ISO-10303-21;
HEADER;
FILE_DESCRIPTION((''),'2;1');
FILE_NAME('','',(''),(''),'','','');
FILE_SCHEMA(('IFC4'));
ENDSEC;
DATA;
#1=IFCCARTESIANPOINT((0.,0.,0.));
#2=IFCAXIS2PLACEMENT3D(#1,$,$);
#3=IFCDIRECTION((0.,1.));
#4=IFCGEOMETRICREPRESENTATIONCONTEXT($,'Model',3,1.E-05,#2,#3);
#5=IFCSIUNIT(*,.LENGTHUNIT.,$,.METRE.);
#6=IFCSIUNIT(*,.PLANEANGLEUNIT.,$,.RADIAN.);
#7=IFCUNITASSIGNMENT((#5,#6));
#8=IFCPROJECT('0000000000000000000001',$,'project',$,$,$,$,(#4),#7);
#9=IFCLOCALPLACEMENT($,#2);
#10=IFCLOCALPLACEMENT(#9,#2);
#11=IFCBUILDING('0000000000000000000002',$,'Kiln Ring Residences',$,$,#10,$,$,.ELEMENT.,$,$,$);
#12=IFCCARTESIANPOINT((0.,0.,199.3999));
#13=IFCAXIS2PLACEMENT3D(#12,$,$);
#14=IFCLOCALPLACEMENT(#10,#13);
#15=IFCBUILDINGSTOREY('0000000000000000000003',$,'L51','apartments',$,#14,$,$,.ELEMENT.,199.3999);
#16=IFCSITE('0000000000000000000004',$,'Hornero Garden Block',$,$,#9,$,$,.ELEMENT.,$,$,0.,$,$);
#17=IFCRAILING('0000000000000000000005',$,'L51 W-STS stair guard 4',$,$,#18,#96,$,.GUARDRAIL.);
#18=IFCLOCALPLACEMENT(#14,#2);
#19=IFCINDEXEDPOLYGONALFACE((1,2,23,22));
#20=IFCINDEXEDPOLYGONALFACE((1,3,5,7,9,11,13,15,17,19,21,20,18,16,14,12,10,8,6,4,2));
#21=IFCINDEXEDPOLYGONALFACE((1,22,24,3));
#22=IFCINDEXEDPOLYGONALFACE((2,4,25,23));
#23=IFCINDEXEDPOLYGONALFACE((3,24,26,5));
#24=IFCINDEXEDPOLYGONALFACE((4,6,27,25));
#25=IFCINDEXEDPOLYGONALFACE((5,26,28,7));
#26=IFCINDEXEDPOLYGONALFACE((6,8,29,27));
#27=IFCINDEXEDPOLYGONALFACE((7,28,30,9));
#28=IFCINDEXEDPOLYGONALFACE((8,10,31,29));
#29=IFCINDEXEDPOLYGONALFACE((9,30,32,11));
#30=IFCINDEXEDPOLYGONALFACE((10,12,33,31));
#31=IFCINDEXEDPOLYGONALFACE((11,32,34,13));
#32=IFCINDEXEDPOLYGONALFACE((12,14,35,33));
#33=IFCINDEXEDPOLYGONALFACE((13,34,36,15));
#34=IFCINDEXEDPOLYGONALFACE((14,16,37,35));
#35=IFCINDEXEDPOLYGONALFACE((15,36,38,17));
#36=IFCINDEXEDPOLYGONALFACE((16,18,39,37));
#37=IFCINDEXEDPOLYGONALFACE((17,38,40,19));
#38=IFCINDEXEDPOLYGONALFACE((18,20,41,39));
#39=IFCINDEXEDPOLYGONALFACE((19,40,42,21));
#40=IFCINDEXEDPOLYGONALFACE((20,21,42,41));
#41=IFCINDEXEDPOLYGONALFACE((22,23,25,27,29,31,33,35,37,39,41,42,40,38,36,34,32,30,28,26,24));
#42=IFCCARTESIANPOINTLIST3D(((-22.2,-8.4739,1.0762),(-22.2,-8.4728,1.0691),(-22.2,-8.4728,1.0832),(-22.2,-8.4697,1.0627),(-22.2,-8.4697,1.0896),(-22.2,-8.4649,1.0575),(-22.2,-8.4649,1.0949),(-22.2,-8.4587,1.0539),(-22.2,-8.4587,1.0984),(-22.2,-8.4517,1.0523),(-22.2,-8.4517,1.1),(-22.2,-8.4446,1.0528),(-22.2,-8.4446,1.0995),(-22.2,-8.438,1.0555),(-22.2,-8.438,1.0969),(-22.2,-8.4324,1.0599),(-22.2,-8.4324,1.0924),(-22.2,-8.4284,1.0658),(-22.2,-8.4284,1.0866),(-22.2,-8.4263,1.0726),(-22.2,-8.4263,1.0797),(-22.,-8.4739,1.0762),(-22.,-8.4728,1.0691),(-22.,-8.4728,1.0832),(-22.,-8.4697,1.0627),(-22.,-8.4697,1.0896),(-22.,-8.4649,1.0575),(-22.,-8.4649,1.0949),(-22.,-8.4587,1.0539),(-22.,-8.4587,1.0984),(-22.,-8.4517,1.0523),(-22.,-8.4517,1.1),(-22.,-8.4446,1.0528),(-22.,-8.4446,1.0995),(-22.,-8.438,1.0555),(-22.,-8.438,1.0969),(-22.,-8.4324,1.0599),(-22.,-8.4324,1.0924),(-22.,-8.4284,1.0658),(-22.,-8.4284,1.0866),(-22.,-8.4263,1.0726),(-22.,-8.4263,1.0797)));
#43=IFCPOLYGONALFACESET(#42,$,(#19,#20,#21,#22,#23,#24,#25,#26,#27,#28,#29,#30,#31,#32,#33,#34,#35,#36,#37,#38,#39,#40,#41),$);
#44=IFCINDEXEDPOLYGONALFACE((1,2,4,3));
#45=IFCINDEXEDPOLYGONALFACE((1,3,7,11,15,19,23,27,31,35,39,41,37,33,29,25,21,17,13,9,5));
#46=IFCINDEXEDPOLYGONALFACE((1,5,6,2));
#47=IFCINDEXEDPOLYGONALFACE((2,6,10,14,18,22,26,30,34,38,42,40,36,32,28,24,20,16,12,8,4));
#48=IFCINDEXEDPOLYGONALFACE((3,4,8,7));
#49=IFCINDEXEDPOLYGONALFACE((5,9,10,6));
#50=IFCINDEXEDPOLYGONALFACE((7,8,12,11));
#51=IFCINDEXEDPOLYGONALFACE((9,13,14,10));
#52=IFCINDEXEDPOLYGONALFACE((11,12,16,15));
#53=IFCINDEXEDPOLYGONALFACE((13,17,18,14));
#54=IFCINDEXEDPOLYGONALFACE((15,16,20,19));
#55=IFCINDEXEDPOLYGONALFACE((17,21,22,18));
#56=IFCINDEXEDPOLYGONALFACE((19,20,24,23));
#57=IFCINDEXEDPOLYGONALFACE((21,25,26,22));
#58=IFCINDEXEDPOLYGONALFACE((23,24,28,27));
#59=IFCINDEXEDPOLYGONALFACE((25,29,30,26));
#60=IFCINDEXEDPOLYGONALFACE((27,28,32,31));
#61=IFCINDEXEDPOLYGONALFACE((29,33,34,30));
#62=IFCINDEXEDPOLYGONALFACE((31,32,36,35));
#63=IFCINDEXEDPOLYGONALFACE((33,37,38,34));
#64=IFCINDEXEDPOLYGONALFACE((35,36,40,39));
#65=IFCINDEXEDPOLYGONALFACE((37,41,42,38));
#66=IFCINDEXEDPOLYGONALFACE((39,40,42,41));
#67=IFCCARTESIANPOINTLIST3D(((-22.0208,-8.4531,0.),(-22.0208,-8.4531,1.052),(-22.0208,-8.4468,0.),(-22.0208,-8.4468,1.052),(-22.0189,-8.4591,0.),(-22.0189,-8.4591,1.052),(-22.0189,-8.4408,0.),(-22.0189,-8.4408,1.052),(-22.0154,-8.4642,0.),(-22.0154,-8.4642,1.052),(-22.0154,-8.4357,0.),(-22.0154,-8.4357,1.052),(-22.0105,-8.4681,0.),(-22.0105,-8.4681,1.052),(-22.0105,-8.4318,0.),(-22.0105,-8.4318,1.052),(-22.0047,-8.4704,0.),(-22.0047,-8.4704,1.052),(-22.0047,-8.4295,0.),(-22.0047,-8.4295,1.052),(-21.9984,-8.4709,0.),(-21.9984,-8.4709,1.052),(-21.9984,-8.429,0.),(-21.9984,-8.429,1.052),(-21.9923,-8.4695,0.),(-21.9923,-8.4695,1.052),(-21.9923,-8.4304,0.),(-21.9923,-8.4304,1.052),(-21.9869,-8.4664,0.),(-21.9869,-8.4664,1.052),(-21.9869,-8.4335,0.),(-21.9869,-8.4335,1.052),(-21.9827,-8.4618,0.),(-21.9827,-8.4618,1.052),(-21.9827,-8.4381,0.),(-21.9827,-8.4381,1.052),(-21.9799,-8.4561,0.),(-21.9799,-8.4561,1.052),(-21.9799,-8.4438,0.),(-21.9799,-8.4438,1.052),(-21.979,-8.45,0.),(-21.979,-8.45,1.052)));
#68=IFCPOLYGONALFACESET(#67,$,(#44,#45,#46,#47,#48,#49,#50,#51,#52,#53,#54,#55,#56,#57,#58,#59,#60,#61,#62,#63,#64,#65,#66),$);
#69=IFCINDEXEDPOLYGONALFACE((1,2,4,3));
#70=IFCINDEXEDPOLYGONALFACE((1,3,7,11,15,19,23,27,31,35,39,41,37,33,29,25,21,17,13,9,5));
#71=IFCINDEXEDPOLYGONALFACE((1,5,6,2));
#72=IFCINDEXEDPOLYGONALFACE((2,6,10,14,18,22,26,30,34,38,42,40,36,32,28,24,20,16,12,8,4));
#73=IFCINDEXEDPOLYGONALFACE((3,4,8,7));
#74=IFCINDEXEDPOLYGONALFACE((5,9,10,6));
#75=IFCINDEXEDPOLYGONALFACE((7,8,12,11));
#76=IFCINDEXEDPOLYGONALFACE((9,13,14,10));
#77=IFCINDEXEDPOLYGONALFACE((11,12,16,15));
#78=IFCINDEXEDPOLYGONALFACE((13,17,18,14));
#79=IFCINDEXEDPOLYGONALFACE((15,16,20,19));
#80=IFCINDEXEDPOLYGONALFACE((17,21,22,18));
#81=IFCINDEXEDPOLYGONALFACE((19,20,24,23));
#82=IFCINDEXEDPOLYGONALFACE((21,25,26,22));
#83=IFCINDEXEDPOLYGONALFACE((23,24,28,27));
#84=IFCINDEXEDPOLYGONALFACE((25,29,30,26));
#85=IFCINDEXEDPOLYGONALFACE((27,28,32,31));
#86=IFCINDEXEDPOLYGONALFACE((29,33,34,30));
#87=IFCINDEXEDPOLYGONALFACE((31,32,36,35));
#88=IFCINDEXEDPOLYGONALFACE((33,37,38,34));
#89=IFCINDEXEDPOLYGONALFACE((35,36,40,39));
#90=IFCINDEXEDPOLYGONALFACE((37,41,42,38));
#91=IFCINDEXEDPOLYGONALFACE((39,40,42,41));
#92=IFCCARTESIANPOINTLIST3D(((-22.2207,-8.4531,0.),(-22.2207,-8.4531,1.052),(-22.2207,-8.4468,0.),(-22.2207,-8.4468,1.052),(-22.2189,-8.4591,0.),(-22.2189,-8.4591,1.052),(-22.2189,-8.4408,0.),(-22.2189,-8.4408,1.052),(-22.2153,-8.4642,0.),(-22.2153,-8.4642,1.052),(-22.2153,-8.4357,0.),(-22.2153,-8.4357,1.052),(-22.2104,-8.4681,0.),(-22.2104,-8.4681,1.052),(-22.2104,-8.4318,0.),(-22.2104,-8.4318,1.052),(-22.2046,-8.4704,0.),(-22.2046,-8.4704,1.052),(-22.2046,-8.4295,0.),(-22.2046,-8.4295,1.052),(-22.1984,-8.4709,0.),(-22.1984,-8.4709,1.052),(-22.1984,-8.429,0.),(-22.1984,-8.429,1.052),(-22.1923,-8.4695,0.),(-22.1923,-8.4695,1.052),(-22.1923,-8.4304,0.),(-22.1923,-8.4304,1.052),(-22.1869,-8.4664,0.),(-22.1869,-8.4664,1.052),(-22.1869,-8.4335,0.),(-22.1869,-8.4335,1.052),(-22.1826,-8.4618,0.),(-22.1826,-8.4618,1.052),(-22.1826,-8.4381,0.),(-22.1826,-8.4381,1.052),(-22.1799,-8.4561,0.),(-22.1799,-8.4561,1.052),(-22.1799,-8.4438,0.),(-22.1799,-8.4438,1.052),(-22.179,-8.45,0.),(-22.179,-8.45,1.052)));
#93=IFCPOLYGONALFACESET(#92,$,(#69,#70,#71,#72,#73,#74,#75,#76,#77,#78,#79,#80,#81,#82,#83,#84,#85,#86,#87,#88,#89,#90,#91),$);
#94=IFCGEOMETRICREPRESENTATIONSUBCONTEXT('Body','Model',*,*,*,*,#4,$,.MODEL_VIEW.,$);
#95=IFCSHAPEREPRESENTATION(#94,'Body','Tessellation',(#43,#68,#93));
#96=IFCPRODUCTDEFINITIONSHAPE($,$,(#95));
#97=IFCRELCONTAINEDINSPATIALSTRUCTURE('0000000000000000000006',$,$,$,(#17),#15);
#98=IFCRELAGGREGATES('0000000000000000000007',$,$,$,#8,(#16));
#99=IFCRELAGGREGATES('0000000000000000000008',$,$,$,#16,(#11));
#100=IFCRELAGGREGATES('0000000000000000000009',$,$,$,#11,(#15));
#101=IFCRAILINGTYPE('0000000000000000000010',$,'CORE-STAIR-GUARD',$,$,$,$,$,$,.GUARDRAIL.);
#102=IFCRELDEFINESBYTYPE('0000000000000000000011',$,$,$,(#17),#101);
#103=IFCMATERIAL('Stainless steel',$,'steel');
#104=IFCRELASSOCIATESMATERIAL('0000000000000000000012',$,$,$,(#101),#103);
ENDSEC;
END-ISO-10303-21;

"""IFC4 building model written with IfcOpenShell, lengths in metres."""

from ifc_helpers import new_model, si_unit, direction, frame, origin, origin_2d, place, context, subcontext, project, spatial, circle, extrude, material, type_object, element, save


model = new_model("IFC4")

# Units and contexts
model_context = context("Model", 3, precision=1e-05, world=origin(), true_north=direction((0.0, 1.0)))
body_context = subcontext(model_context, "Body", "Model", "MODEL_VIEW")
ifc_project = project(units=[si_unit("LENGTHUNIT", "METRE"), si_unit("PLANEANGLEUNIT", "RADIAN")], contexts=[model_context])

# Site, building, storey
site_placement = place(None, origin())
site = spatial("IfcSite", under=ifc_project, at=site_placement, Name="Hornero Garden Block", CompositionType="ELEMENT", RefElevation=0.0)
building_placement = place(site_placement, origin())
building = spatial("IfcBuilding", under=site, at=building_placement, Name="Kiln Ring Residences", CompositionType="ELEMENT")
storey_placement = place(building_placement, frame((0.0, 0.0, 199.3999)))
storey = spatial("IfcBuildingStorey", under=building, at=storey_placement, Name="L51", Description="apartments", CompositionType="ELEMENT", Elevation=199.3999)

# Railing
ifc_material_1 = material(Name="Stainless steel", Category="steel")
railing_type_1 = type_object("IfcRailingType", Name="CORE-STAIR-GUARD", PredefinedType="GUARDRAIL", material=ifc_material_1)
railing_1_placement = place(storey_placement, frame((-22.0, -8.45, 0.0)))
element("IfcRailing", 1, at=railing_1_placement, inside=storey, type_object=railing_type_1, Name="L51 W-STS stair guard 4", PredefinedType="GUARDRAIL", context=body_context, shape_type="SweptSolid", body=[
    extrude(circle(Radius=0.0239, at=origin_2d()), frame((0.0, 0.0, 1.0762), z_axis=(-1.0, 0.0, 0.0), x_axis=(0.0, -1.0, 0.0)), (0.0, 0.0, 1.0), 0.2),
    extrude(circle(Radius=0.021, at=origin_2d()), origin(), (0.0, 0.0, 1.0), 1.052),
    extrude(circle(Radius=0.021, at=origin_2d()), frame((-0.2, 0.0, 0.0)), (0.0, 0.0, 1.0), 1.052),
])

save(model, "model.ifc")
